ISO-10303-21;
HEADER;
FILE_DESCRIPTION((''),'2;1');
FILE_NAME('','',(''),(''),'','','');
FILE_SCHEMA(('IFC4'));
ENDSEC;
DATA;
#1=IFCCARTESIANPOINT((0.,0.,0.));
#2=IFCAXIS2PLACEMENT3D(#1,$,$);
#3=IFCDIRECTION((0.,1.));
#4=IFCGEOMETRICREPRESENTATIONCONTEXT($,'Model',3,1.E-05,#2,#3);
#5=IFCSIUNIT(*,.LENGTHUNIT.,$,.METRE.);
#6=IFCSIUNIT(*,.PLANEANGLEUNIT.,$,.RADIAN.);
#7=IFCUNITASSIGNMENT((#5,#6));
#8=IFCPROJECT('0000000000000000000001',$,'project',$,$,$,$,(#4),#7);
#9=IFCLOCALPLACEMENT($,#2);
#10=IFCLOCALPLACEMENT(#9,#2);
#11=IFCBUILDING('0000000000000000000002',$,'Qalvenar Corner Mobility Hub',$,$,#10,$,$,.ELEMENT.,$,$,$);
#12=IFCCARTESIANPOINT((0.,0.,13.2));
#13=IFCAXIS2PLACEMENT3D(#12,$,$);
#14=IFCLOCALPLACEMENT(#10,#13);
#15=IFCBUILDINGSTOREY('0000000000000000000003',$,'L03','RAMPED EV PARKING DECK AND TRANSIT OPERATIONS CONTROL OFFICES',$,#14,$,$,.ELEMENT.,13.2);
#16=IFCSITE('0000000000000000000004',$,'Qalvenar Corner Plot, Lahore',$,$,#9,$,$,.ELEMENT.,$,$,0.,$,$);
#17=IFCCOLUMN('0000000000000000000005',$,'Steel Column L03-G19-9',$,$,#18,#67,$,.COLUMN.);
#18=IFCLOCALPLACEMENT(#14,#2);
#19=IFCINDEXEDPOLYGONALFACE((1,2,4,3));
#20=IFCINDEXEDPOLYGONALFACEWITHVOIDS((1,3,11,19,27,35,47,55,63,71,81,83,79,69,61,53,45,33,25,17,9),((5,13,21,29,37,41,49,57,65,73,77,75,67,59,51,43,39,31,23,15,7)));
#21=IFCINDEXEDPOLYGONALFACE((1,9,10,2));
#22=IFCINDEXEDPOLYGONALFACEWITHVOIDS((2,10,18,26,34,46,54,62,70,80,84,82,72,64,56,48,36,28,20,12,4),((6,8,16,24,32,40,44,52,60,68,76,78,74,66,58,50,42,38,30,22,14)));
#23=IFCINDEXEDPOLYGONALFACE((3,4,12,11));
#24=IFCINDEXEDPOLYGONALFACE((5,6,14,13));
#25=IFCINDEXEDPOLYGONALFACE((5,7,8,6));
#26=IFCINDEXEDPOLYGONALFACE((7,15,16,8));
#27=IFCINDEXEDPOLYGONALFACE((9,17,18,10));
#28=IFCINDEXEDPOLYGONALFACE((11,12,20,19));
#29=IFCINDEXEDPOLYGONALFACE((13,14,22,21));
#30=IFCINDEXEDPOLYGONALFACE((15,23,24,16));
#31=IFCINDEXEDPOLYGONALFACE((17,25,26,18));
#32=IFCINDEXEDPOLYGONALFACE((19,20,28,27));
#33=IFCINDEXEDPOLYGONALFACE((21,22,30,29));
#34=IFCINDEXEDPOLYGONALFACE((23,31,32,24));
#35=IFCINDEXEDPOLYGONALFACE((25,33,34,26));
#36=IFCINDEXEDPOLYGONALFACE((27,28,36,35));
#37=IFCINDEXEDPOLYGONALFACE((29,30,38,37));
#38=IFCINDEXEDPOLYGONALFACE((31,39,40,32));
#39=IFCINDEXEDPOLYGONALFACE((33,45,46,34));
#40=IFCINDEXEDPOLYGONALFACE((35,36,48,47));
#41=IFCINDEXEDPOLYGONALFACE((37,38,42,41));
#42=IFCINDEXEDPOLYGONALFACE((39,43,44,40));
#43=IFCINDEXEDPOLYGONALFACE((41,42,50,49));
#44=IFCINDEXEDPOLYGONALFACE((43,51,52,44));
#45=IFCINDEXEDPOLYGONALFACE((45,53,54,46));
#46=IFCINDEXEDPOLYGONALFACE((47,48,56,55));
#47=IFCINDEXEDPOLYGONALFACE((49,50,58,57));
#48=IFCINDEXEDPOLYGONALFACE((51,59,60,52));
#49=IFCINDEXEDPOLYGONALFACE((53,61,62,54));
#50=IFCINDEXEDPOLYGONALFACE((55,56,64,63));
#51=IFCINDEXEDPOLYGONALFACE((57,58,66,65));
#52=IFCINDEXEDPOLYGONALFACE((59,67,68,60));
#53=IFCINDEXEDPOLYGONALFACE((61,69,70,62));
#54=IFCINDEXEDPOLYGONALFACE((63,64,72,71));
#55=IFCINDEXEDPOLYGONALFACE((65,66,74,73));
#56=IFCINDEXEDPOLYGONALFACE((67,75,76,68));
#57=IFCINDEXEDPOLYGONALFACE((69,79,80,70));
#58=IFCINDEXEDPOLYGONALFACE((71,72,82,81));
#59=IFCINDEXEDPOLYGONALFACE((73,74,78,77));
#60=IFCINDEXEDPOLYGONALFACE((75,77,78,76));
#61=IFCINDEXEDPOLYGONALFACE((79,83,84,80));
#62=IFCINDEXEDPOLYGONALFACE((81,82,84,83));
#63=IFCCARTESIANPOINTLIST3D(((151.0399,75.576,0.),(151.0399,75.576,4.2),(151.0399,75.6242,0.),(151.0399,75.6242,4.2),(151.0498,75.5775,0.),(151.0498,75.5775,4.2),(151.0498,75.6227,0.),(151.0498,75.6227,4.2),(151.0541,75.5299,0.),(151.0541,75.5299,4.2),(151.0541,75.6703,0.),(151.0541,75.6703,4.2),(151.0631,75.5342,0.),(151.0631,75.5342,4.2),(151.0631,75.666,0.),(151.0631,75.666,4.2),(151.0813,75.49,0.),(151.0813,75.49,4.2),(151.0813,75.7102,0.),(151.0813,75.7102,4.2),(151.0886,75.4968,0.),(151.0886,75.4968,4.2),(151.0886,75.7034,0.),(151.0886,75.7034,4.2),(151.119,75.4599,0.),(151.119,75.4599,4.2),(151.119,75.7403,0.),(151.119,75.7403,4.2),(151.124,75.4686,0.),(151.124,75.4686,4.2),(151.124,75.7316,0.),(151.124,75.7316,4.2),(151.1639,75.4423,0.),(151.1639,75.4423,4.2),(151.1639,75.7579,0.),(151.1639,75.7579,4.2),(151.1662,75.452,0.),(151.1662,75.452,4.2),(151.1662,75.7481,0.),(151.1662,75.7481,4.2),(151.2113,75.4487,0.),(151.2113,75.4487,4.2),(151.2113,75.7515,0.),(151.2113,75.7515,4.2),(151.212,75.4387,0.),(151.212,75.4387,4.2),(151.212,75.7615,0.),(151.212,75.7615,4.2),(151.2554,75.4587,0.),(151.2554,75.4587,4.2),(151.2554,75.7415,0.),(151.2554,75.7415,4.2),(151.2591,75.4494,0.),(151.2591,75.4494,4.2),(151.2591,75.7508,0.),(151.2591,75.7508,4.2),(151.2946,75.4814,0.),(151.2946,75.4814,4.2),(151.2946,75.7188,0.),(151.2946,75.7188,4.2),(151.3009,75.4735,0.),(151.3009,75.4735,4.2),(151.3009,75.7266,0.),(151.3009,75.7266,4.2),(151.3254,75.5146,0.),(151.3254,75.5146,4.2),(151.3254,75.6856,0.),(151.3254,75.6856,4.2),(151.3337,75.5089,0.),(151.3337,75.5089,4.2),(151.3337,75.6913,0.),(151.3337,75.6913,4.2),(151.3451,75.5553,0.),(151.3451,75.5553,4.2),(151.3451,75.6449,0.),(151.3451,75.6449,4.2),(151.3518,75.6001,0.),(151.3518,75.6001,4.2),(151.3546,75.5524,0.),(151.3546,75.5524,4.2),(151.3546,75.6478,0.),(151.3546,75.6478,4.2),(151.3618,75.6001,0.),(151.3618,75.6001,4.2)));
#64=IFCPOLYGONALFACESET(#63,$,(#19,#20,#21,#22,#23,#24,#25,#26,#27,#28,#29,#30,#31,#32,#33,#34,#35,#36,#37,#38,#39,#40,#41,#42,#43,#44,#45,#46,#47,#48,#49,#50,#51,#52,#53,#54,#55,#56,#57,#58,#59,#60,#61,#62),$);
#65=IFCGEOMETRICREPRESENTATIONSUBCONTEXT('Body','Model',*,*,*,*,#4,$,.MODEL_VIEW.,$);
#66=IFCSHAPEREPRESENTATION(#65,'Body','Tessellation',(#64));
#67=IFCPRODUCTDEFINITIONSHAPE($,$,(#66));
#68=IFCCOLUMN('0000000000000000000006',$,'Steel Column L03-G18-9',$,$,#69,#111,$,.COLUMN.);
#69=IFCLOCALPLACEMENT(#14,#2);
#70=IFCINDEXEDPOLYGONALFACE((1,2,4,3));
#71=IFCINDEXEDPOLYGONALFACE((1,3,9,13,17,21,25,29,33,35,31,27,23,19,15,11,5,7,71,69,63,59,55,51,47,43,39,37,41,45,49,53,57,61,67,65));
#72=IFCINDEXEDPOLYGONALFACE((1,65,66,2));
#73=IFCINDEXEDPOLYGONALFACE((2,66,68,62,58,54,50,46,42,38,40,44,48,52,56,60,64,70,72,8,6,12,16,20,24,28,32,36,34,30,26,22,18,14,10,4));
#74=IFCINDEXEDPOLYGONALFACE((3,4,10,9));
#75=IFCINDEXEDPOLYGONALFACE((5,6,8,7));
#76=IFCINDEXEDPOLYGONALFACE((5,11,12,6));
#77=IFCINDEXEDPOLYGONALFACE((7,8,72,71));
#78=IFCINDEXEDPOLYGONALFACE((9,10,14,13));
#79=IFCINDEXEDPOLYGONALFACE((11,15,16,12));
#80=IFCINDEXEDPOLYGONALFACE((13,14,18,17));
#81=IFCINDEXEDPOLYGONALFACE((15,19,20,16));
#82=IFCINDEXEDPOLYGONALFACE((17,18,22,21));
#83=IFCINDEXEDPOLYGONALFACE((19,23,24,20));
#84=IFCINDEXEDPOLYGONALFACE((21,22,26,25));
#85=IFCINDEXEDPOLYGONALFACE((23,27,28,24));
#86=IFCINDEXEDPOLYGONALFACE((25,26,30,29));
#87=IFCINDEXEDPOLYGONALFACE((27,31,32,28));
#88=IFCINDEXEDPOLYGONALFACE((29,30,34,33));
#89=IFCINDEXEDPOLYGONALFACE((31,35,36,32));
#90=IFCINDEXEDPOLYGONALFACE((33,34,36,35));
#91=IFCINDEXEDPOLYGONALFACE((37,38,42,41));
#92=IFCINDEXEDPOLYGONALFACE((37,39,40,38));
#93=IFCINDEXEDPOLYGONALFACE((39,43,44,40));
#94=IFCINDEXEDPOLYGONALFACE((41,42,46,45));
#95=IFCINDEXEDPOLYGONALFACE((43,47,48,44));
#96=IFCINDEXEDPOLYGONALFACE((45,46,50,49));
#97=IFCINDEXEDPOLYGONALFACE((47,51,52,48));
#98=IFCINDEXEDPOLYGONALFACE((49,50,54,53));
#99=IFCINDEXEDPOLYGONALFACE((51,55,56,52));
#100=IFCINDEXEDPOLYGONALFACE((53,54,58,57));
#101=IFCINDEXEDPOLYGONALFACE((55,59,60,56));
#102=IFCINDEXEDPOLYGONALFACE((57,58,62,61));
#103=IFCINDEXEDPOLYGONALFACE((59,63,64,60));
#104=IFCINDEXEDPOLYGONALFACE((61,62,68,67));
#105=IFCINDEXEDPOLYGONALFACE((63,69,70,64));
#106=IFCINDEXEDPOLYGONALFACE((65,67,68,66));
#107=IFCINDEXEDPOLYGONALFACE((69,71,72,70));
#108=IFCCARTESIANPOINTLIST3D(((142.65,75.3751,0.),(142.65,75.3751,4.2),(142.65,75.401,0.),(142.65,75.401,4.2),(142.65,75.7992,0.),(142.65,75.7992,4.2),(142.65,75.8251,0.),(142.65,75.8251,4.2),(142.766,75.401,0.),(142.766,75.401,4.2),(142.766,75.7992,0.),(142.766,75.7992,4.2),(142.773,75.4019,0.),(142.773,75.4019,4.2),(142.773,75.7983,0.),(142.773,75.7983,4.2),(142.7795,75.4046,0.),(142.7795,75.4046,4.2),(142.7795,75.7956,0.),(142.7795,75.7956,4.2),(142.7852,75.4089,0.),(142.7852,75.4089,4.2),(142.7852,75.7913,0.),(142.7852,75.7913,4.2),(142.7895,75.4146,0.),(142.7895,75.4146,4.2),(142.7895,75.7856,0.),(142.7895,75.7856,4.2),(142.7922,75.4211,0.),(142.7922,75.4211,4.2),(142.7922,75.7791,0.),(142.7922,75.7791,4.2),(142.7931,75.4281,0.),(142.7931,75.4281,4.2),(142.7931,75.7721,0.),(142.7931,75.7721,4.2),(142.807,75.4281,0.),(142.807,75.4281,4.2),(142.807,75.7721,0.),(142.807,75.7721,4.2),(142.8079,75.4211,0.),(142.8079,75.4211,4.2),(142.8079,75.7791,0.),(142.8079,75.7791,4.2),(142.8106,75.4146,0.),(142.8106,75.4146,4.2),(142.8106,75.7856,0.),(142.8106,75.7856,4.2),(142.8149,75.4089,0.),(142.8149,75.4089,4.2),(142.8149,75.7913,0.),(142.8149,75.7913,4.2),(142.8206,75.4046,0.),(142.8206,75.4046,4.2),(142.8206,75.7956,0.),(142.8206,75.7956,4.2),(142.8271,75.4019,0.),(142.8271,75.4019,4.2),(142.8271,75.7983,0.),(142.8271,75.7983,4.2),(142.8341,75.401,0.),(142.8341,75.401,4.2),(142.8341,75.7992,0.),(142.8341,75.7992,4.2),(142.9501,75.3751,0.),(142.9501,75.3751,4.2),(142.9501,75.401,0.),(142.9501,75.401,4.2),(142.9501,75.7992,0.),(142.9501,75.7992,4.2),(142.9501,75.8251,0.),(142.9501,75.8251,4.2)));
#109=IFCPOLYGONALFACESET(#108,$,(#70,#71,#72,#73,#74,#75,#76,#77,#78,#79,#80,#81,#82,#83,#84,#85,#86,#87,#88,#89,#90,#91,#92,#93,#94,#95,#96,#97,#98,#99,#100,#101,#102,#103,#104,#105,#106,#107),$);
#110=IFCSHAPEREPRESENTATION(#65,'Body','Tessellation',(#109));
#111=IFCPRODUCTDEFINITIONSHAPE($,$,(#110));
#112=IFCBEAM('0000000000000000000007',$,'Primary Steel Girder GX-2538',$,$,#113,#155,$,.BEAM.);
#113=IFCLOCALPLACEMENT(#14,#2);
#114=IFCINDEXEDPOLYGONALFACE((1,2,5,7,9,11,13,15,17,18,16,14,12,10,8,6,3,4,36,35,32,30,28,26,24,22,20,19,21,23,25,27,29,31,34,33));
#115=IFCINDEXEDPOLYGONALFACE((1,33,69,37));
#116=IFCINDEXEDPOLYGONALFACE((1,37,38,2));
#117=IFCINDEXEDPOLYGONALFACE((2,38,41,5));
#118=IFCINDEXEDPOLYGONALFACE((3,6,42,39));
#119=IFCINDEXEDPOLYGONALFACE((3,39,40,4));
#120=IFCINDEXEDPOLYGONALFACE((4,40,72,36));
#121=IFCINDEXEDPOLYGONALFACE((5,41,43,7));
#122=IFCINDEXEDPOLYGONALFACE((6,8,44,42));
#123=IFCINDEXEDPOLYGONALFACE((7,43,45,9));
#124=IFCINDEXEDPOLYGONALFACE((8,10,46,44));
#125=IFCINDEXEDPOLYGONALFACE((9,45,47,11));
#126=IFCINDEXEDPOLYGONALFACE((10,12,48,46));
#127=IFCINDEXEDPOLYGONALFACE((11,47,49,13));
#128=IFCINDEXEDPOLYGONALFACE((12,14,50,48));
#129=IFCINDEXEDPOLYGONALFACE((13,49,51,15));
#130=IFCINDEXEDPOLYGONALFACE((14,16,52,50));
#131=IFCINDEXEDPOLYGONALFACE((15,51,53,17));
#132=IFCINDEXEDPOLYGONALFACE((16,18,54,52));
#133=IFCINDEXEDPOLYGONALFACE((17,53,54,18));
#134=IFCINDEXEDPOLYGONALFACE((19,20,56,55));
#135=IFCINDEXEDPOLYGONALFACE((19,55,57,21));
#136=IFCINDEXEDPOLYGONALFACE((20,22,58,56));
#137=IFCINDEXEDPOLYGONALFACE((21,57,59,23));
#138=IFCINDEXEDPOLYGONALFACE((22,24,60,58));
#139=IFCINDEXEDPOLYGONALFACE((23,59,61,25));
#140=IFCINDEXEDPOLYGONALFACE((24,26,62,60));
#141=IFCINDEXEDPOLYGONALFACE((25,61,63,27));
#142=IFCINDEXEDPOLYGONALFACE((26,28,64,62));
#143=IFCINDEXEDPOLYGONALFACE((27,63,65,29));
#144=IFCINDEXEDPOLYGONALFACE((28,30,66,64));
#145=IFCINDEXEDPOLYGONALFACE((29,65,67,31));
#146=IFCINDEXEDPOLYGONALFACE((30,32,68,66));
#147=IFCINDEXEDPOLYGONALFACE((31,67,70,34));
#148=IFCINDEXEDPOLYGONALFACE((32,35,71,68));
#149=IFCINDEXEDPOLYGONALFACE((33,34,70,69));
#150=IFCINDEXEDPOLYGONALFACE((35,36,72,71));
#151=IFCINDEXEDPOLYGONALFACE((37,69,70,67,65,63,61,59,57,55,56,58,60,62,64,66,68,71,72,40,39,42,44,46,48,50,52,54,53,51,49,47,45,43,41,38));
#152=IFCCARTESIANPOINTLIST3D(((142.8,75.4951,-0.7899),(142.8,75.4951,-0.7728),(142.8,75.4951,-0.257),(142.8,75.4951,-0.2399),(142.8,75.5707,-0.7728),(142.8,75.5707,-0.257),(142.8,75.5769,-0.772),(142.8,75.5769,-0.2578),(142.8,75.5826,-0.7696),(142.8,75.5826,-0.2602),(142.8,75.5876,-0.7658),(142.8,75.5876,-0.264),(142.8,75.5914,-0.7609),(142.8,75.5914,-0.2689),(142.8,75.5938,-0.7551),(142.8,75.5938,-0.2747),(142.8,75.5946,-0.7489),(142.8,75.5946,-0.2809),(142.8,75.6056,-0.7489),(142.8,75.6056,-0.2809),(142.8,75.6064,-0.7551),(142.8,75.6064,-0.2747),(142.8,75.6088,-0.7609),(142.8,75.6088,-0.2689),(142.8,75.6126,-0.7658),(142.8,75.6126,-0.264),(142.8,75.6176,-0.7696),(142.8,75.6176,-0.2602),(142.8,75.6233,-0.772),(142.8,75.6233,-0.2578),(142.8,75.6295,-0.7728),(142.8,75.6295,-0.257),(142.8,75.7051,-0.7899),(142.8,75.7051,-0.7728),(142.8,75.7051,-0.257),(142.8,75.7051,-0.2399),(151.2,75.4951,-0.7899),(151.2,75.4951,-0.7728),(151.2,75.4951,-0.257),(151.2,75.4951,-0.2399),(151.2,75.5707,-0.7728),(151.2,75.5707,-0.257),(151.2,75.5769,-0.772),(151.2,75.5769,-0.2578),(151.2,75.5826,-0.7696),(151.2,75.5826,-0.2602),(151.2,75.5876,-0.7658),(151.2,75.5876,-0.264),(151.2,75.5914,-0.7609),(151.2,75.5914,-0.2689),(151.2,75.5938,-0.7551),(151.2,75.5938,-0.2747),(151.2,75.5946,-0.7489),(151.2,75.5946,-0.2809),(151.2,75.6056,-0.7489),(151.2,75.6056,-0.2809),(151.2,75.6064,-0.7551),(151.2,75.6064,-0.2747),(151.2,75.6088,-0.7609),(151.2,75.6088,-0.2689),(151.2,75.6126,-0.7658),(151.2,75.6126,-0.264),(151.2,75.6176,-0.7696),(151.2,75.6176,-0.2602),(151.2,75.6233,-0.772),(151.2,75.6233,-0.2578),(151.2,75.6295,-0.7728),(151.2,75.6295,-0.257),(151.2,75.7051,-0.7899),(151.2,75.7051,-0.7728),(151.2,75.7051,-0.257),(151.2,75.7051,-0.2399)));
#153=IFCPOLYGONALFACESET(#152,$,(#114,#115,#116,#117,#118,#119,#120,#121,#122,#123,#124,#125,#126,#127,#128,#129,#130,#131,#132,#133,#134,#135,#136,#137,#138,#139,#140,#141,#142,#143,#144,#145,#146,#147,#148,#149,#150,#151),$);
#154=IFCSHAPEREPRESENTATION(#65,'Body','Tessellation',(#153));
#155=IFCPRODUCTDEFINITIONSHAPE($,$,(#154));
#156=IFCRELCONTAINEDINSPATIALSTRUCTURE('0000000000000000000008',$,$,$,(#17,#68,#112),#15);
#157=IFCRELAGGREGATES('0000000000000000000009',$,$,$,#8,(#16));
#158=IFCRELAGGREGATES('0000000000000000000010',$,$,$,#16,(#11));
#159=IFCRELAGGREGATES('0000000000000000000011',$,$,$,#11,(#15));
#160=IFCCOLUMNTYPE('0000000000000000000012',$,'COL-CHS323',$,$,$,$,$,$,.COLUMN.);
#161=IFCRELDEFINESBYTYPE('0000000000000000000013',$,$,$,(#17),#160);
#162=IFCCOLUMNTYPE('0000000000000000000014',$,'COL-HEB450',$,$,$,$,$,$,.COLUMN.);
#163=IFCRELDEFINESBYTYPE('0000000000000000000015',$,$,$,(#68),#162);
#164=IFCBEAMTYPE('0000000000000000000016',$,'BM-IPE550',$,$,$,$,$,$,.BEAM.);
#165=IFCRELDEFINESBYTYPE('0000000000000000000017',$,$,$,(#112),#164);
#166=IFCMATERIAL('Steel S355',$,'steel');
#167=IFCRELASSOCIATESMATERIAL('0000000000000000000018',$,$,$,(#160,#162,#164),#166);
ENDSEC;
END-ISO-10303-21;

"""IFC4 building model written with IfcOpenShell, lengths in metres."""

from ifc_helpers import new_model, si_unit, direction, frame, origin, origin_2d, place, context, subcontext, project, spatial, hollow_circle, i_section, extrude, material, material_profile, profile_set, type_object, element, save


model = new_model("IFC4")

# Units and contexts
model_context = context("Model", 3, precision=1e-05, world=origin(), true_north=direction((0.0, 1.0)))
body_context = subcontext(model_context, "Body", "Model", "MODEL_VIEW")
ifc_project = project(units=[si_unit("LENGTHUNIT", "METRE"), si_unit("PLANEANGLEUNIT", "RADIAN")], contexts=[model_context])

# Site, building, storey
site_placement = place(None, origin())
site = spatial("IfcSite", under=ifc_project, at=site_placement, Name="Qalvenar Corner Plot, Lahore", CompositionType="ELEMENT", RefElevation=0.0)
building_placement = place(site_placement, origin())
building = spatial("IfcBuilding", under=site, at=building_placement, Name="Qalvenar Corner Mobility Hub", CompositionType="ELEMENT")
storey_placement = place(building_placement, frame((0.0, 0.0, 13.2)))
storey = spatial("IfcBuildingStorey", under=building, at=storey_placement, Name="L03", Description="RAMPED EV PARKING DECK AND TRANSIT OPERATIONS CONTROL OFFICES", CompositionType="ELEMENT", Elevation=13.2)

# Columns
ifc_material_1 = material(Name="Steel S355", Category="steel")
ifc_material_profile_1 = material_profile(ifc_material_1, hollow_circle(Radius=0.1619, WallThickness=0.01, at=origin_2d()), Name="CHS323.9x10")
ifc_profile_set_1 = profile_set([ifc_material_profile_1], Name="Steel S355")
column_type_1 = type_object("IfcColumnType", Name="COL-CHS323", PredefinedType="COLUMN", material=ifc_profile_set_1)
column_1_placement = place(storey_placement, frame((151.2, 75.6001, 0.0), z_axis=(0.0, 0.0, 1.0), x_axis=(1.0, 0.0, 0.0)))
element("IfcColumn", 1, at=column_1_placement, inside=storey, type_object=column_type_1, Name="Steel Column L03-G19-9", PredefinedType="COLUMN", context=body_context, shape_type="SweptSolid", body=[
    extrude(hollow_circle(Radius=0.1619, WallThickness=0.01, at=origin_2d()), origin(), (0.0, 0.0, 1.0), 4.2),
])
ifc_material_profile_2 = material_profile(ifc_material_1, i_section(OverallWidth=0.3, OverallDepth=0.45, WebThickness=0.0139, FlangeThickness=0.0259, FilletRadius=0.0271, at=origin_2d()), Name="HEB450")
ifc_profile_set_2 = profile_set([ifc_material_profile_2], Name="Steel S355")
column_type_2 = type_object("IfcColumnType", Name="COL-HEB450", PredefinedType="COLUMN", material=ifc_profile_set_2)
column_2_placement = place(storey_placement, frame((142.8, 75.6001, 0.0), z_axis=(0.0, 0.0, 1.0), x_axis=(1.0, 0.0, 0.0)))
element("IfcColumn", 2, at=column_2_placement, inside=storey, type_object=column_type_2, Name="Steel Column L03-G18-9", PredefinedType="COLUMN", context=body_context, shape_type="SweptSolid", body=[
    extrude(i_section(OverallWidth=0.3, OverallDepth=0.45, WebThickness=0.0139, FlangeThickness=0.0259, FilletRadius=0.0271, at=origin_2d()), origin(), (0.0, 0.0, 1.0), 4.2),
])

# Beam
ifc_material_profile_3 = material_profile(ifc_material_1, i_section(OverallWidth=0.21, OverallDepth=0.55, WebThickness=0.011, FlangeThickness=0.0171, FilletRadius=0.0239, at=origin_2d()), Name="IPE550")
ifc_profile_set_3 = profile_set([ifc_material_profile_3], Name="Steel S355")
beam_type_1 = type_object("IfcBeamType", Name="BM-IPE550", PredefinedType="BEAM", material=ifc_profile_set_3)
beam_1_placement = place(storey_placement, frame((142.8, 75.6001, -0.5149), z_axis=(1.0, 0.0, 0.0), x_axis=(0.0, 1.0, 0.0)))
element("IfcBeam", 3, at=beam_1_placement, inside=storey, type_object=beam_type_1, Name="Primary Steel Girder GX-2538", PredefinedType="BEAM", context=body_context, shape_type="SweptSolid", body=[
    extrude(i_section(OverallWidth=0.21, OverallDepth=0.55, WebThickness=0.011, FlangeThickness=0.0171, FilletRadius=0.0239, at=origin_2d()), origin(), (0.0, 0.0, 1.0), 8.3999),
])

save(model, "model.ifc")
